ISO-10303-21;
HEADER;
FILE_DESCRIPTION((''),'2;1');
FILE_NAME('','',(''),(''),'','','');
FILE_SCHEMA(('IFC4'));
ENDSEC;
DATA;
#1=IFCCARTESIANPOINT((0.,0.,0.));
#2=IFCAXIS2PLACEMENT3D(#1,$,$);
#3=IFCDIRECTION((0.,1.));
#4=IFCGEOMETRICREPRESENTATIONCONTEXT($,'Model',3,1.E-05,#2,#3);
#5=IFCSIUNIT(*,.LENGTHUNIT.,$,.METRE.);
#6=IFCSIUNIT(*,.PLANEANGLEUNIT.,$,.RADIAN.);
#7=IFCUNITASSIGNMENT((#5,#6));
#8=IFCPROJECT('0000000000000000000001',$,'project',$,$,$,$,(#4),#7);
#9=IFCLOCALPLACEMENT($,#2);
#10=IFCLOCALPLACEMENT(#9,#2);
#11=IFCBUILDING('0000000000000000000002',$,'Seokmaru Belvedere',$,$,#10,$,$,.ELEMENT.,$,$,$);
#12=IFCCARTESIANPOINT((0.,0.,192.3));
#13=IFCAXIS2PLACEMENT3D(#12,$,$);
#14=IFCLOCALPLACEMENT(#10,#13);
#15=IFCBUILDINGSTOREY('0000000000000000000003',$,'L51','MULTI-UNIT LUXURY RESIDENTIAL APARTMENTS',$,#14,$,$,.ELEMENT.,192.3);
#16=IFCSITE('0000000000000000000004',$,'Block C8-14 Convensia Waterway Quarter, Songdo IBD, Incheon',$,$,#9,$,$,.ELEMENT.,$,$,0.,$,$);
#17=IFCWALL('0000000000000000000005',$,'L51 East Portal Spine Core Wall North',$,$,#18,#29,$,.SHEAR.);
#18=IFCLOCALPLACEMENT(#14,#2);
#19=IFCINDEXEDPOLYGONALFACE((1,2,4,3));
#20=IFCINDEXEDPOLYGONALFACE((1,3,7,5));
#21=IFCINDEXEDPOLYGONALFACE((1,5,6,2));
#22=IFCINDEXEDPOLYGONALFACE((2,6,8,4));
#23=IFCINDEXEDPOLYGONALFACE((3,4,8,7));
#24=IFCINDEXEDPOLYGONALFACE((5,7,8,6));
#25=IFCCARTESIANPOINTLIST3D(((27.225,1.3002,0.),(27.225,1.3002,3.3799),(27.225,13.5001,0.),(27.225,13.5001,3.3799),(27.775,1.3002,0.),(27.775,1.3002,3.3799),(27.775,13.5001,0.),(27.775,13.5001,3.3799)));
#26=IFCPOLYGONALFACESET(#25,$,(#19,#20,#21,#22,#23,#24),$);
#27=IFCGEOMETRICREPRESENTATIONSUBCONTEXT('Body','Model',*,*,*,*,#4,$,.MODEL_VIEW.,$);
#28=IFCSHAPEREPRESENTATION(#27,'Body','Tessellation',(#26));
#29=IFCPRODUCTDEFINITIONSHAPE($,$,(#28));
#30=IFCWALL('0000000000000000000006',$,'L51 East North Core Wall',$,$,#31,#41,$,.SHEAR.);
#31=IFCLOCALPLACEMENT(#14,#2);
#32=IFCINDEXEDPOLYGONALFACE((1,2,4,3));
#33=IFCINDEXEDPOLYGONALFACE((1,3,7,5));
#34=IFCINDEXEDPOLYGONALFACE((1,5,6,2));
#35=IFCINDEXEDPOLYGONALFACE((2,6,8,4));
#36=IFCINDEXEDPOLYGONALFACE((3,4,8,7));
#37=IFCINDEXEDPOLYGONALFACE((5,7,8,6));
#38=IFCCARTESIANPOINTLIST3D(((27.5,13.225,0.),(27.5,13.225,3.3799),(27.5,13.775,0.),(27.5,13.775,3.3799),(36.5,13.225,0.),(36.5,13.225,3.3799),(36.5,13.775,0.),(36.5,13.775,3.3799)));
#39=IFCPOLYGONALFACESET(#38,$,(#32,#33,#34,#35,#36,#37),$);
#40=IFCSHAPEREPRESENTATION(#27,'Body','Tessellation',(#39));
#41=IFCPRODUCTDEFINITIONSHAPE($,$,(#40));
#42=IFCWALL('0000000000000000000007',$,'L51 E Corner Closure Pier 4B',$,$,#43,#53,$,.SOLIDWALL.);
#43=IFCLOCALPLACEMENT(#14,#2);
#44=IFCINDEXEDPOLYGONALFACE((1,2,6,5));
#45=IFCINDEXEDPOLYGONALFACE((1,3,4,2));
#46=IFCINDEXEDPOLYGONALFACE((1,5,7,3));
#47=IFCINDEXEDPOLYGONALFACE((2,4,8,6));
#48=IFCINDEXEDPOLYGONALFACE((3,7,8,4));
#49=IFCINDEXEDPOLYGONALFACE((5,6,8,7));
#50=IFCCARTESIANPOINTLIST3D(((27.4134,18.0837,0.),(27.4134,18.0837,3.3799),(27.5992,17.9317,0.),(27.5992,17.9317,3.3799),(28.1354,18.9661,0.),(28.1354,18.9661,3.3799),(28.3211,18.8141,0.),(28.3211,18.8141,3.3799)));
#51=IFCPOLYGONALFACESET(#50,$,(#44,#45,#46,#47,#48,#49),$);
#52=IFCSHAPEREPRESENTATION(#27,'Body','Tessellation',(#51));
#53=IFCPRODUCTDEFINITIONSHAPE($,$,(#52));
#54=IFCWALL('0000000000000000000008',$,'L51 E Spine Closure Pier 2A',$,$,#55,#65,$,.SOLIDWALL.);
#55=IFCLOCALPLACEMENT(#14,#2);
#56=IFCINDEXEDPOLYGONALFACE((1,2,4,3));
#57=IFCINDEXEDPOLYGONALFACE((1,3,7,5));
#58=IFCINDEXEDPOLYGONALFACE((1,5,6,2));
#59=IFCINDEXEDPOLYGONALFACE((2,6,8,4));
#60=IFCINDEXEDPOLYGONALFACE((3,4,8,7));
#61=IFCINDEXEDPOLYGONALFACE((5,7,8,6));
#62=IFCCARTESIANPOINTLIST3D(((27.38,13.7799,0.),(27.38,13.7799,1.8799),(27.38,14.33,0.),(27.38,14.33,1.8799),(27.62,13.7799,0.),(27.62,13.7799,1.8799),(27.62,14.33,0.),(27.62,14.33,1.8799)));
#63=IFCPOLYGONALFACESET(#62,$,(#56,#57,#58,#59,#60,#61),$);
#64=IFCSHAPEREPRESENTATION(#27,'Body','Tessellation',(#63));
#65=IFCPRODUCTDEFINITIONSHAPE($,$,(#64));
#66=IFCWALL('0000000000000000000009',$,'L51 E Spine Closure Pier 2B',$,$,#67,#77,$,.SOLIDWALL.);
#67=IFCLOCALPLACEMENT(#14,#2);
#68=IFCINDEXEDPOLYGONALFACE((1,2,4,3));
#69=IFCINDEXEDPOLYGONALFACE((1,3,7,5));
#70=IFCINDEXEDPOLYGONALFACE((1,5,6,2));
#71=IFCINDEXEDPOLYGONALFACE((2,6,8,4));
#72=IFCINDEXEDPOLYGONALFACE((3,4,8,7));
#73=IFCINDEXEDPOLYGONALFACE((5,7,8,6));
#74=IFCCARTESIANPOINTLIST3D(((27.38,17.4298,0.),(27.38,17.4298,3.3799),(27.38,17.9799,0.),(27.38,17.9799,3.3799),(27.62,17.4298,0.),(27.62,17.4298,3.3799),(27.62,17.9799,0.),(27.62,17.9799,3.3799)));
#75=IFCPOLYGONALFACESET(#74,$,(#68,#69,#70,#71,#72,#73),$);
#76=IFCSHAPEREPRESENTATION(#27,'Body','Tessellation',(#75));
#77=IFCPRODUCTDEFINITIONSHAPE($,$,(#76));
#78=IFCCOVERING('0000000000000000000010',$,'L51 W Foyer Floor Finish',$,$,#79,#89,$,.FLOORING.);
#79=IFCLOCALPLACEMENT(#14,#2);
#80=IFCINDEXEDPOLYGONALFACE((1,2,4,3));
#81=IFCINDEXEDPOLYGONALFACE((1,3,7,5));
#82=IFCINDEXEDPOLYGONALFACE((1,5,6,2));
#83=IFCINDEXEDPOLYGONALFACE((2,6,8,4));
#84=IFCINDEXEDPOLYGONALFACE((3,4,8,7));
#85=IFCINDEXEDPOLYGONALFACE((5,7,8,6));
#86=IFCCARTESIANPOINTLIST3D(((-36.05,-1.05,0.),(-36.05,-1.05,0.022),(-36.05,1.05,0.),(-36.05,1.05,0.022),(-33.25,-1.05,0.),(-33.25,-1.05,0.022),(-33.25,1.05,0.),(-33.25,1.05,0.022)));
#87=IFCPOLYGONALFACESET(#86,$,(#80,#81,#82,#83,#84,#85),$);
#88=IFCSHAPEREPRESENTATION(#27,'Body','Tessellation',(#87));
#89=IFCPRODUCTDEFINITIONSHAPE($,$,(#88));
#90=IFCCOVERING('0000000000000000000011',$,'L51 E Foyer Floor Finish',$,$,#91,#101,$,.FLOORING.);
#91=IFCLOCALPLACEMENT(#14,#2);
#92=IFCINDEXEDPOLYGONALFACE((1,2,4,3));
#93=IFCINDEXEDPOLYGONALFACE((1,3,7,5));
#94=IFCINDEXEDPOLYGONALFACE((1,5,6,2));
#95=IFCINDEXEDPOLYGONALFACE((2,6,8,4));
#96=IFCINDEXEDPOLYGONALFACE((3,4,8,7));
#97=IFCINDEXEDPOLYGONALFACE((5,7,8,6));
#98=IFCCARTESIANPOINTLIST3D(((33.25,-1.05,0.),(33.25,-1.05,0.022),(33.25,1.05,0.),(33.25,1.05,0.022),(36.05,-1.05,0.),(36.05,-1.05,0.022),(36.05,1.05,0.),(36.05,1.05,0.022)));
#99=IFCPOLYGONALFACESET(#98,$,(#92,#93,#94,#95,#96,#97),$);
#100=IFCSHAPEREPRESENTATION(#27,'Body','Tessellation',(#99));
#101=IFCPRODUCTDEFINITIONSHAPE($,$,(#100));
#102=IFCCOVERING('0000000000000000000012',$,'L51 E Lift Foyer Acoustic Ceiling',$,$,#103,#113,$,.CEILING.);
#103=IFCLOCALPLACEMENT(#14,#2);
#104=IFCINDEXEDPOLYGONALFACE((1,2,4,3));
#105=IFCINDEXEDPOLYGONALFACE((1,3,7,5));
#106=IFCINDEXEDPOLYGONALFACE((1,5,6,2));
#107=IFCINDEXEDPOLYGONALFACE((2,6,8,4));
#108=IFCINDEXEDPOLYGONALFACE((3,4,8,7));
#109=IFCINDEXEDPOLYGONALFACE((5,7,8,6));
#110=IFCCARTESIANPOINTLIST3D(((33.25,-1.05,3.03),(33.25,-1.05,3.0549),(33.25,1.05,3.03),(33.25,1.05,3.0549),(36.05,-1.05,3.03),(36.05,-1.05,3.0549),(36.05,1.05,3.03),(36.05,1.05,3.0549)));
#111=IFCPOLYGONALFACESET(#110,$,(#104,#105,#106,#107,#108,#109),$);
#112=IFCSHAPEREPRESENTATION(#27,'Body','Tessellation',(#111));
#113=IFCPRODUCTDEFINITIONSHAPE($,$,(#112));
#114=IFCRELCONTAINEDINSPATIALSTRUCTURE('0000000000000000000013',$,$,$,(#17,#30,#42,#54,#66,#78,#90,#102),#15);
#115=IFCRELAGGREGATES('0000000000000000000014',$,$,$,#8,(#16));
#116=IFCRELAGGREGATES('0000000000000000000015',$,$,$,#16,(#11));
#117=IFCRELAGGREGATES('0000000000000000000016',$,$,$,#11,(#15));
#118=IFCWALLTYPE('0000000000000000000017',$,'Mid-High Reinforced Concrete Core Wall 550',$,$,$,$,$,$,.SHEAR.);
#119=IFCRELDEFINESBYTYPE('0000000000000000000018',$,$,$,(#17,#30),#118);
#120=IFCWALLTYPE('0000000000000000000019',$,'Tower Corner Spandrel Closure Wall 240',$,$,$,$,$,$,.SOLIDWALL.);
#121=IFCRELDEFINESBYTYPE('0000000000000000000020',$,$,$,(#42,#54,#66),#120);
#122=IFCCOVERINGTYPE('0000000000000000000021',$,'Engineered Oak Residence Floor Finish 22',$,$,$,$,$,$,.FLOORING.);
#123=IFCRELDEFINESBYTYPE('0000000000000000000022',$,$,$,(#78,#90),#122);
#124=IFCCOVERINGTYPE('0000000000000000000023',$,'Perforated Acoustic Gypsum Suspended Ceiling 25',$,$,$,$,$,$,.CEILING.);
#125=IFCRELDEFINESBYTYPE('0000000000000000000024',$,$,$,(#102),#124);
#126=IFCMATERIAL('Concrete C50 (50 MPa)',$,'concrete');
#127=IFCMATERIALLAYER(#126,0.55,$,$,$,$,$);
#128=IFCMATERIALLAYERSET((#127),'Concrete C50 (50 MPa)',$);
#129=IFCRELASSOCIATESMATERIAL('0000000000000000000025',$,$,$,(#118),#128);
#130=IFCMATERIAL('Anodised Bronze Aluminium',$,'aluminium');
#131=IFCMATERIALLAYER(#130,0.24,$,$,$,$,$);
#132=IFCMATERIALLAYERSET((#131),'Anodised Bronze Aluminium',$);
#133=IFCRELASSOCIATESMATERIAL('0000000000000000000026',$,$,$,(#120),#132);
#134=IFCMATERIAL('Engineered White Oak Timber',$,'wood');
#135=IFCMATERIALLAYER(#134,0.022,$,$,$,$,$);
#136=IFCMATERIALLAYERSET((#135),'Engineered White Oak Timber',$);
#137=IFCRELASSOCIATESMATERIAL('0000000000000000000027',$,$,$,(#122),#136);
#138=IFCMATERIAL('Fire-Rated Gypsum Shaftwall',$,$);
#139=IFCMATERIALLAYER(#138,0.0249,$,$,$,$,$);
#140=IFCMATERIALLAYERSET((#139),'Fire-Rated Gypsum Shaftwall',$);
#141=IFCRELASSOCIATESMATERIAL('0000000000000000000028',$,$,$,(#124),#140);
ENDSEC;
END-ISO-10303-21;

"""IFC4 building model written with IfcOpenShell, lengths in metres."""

from ifc_helpers import new_model, si_unit, direction, frame, frame_2d, origin, place, context, subcontext, project, spatial, polyline, rectangle, outline, extrude, material, layer, layer_set, type_object, element, save


model = new_model("IFC4")

# Units and contexts
model_context = context("Model", 3, precision=1e-05, world=origin(), true_north=direction((0.0, 1.0)))
body_context = subcontext(model_context, "Body", "Model", "MODEL_VIEW")
ifc_project = project(units=[si_unit("LENGTHUNIT", "METRE"), si_unit("PLANEANGLEUNIT", "RADIAN")], contexts=[model_context])

# Site, building, storey
site_placement = place(None, origin())
site = spatial("IfcSite", under=ifc_project, at=site_placement, Name="Block C8-14 Convensia Waterway Quarter, Songdo IBD, Incheon", CompositionType="ELEMENT", RefElevation=0.0)
building_placement = place(site_placement, origin())
building = spatial("IfcBuilding", under=site, at=building_placement, Name="Seokmaru Belvedere", CompositionType="ELEMENT")
storey_placement = place(building_placement, frame((0.0, 0.0, 192.3)))
storey = spatial("IfcBuildingStorey", under=building, at=storey_placement, Name="L51", Description="MULTI-UNIT LUXURY RESIDENTIAL APARTMENTS", CompositionType="ELEMENT", Elevation=192.3)

# Shared definitions
ifc_material_1 = material(Name="Anodised Bronze Aluminium", Category="aluminium")

# Shared definitions
ifc_material_2 = material(Name="Concrete C50 (50 MPa)", Category="concrete")
ifc_material_3 = material(Name="Fire-Rated Gypsum Shaftwall")

# Walls
ifc_layer_1 = layer(ifc_material_2, 0.55)
ifc_layer_set_1 = layer_set([ifc_layer_1], Name="Concrete C50 (50 MPa)")
wall_type_1 = type_object("IfcWallType", Name="Mid-High Reinforced Concrete Core Wall 550", PredefinedType="SHEAR", material=ifc_layer_set_1)
wall_1_placement = place(storey_placement, frame((27.5, 1.3, 0.0), z_axis=(0.0, 0.0, 1.0), x_axis=(0.0, 1.0, 0.0)))
element("IfcWall", 1, at=wall_1_placement, inside=storey, type_object=wall_type_1, Name="L51 East Portal Spine Core Wall North", PredefinedType="SHEAR", context=body_context, shape_type="SweptSolid", body=[
    extrude(rectangle(XDim=12.2, YDim=0.55, at=frame_2d((6.1001, 0.0))), origin(), (0.0, 0.0, 1.0), 3.3799),
])
wall_2_placement = place(storey_placement, frame((27.5, 13.5, 0.0), z_axis=(0.0, 0.0, 1.0), x_axis=(1.0, 0.0, 0.0)))
element("IfcWall", 2, at=wall_2_placement, inside=storey, type_object=wall_type_1, Name="L51 East North Core Wall", PredefinedType="SHEAR", context=body_context, shape_type="SweptSolid", body=[
    extrude(rectangle(XDim=9.0, YDim=0.55, at=frame_2d((4.5, 0.0))), origin(), (0.0, 0.0, 1.0), 3.3799),
])
ifc_layer_2 = layer(ifc_material_1, 0.24)
ifc_layer_set_2 = layer_set([ifc_layer_2], Name="Anodised Bronze Aluminium")
wall_type_2 = type_object("IfcWallType", Name="Tower Corner Spandrel Closure Wall 240", PredefinedType="SOLIDWALL", material=ifc_layer_set_2)
wall_3_placement = place(storey_placement, frame((28.2283, 18.8901, 0.0), z_axis=(0.0, 0.0, 1.0), x_axis=(-0.633249, -0.773948, 0.0)))
element("IfcWall", 3, at=wall_3_placement, inside=storey, type_object=wall_type_2, Name="L51 E Corner Closure Pier 4B", PredefinedType="SOLIDWALL", context=body_context, shape_type="SweptSolid", body=[
    extrude(rectangle(XDim=1.1401, YDim=0.24, at=frame_2d((0.5701, 0.0))), origin(), (0.0, 0.0, 1.0), 3.3799),
])
wall_4_placement = place(storey_placement, frame((27.5, 13.78, 0.0), z_axis=(0.0, 0.0, 1.0), x_axis=(0.0, 1.0, 0.0)))
element("IfcWall", 4, at=wall_4_placement, inside=storey, type_object=wall_type_2, Name="L51 E Spine Closure Pier 2A", PredefinedType="SOLIDWALL", context=body_context, shape_type="SweptSolid", body=[
    extrude(rectangle(XDim=0.55, YDim=0.24, at=frame_2d((0.2749, 0.0))), origin(), (0.0, 0.0, 1.0), 1.8799),
])
wall_5_placement = place(storey_placement, frame((27.5, 17.4299, 0.0), z_axis=(0.0, 0.0, 1.0), x_axis=(0.0, 1.0, 0.0)))
element("IfcWall", 5, at=wall_5_placement, inside=storey, type_object=wall_type_2, Name="L51 E Spine Closure Pier 2B", PredefinedType="SOLIDWALL", context=body_context, shape_type="SweptSolid", body=[
    extrude(rectangle(XDim=0.55, YDim=0.24, at=frame_2d((0.2749, 0.0))), origin(), (0.0, 0.0, 1.0), 3.3799),
])

# Coverings
ifc_material_4 = material(Name="Engineered White Oak Timber", Category="wood")
ifc_layer_3 = layer(ifc_material_4, 0.022)
ifc_layer_set_3 = layer_set([ifc_layer_3], Name="Engineered White Oak Timber")
covering_type_1 = type_object("IfcCoveringType", Name="Engineered Oak Residence Floor Finish 22", PredefinedType="FLOORING", material=ifc_layer_set_3)
covering_1_placement = place(storey_placement, origin())
element("IfcCovering", 6, at=covering_1_placement, inside=storey, type_object=covering_type_1, Name="L51 W Foyer Floor Finish", PredefinedType="FLOORING", context=body_context, shape_type="SweptSolid", body=[
    extrude(outline(polyline([(-36.05, -1.05), (-33.25, -1.05), (-33.25, 1.05), (-36.05, 1.05), (-36.05, -1.05)])), origin(), (0.0, 0.0, 1.0), 0.022),
])
covering_2_placement = place(storey_placement, origin())
element("IfcCovering", 7, at=covering_2_placement, inside=storey, type_object=covering_type_1, Name="L51 E Foyer Floor Finish", PredefinedType="FLOORING", context=body_context, shape_type="SweptSolid", body=[
    extrude(outline(polyline([(33.25, -1.05), (36.05, -1.05), (36.05, 1.05), (33.25, 1.05), (33.25, -1.05)])), origin(), (0.0, 0.0, 1.0), 0.022),
])
ifc_layer_4 = layer(ifc_material_3, 0.0249)
ifc_layer_set_4 = layer_set([ifc_layer_4], Name="Fire-Rated Gypsum Shaftwall")
covering_type_2 = type_object("IfcCoveringType", Name="Perforated Acoustic Gypsum Suspended Ceiling 25", PredefinedType="CEILING", material=ifc_layer_set_4)
covering_3_placement = place(storey_placement, frame((0.0, 0.0, 3.03)))
element("IfcCovering", 8, at=covering_3_placement, inside=storey, type_object=covering_type_2, Name="L51 E Lift Foyer Acoustic Ceiling", PredefinedType="CEILING", context=body_context, shape_type="SweptSolid", body=[
    extrude(outline(polyline([(33.25, -1.05), (36.05, -1.05), (36.05, 1.05), (33.25, 1.05), (33.25, -1.05)])), origin(), (0.0, 0.0, 1.0), 0.0249),
])

save(model, "model.ifc")
